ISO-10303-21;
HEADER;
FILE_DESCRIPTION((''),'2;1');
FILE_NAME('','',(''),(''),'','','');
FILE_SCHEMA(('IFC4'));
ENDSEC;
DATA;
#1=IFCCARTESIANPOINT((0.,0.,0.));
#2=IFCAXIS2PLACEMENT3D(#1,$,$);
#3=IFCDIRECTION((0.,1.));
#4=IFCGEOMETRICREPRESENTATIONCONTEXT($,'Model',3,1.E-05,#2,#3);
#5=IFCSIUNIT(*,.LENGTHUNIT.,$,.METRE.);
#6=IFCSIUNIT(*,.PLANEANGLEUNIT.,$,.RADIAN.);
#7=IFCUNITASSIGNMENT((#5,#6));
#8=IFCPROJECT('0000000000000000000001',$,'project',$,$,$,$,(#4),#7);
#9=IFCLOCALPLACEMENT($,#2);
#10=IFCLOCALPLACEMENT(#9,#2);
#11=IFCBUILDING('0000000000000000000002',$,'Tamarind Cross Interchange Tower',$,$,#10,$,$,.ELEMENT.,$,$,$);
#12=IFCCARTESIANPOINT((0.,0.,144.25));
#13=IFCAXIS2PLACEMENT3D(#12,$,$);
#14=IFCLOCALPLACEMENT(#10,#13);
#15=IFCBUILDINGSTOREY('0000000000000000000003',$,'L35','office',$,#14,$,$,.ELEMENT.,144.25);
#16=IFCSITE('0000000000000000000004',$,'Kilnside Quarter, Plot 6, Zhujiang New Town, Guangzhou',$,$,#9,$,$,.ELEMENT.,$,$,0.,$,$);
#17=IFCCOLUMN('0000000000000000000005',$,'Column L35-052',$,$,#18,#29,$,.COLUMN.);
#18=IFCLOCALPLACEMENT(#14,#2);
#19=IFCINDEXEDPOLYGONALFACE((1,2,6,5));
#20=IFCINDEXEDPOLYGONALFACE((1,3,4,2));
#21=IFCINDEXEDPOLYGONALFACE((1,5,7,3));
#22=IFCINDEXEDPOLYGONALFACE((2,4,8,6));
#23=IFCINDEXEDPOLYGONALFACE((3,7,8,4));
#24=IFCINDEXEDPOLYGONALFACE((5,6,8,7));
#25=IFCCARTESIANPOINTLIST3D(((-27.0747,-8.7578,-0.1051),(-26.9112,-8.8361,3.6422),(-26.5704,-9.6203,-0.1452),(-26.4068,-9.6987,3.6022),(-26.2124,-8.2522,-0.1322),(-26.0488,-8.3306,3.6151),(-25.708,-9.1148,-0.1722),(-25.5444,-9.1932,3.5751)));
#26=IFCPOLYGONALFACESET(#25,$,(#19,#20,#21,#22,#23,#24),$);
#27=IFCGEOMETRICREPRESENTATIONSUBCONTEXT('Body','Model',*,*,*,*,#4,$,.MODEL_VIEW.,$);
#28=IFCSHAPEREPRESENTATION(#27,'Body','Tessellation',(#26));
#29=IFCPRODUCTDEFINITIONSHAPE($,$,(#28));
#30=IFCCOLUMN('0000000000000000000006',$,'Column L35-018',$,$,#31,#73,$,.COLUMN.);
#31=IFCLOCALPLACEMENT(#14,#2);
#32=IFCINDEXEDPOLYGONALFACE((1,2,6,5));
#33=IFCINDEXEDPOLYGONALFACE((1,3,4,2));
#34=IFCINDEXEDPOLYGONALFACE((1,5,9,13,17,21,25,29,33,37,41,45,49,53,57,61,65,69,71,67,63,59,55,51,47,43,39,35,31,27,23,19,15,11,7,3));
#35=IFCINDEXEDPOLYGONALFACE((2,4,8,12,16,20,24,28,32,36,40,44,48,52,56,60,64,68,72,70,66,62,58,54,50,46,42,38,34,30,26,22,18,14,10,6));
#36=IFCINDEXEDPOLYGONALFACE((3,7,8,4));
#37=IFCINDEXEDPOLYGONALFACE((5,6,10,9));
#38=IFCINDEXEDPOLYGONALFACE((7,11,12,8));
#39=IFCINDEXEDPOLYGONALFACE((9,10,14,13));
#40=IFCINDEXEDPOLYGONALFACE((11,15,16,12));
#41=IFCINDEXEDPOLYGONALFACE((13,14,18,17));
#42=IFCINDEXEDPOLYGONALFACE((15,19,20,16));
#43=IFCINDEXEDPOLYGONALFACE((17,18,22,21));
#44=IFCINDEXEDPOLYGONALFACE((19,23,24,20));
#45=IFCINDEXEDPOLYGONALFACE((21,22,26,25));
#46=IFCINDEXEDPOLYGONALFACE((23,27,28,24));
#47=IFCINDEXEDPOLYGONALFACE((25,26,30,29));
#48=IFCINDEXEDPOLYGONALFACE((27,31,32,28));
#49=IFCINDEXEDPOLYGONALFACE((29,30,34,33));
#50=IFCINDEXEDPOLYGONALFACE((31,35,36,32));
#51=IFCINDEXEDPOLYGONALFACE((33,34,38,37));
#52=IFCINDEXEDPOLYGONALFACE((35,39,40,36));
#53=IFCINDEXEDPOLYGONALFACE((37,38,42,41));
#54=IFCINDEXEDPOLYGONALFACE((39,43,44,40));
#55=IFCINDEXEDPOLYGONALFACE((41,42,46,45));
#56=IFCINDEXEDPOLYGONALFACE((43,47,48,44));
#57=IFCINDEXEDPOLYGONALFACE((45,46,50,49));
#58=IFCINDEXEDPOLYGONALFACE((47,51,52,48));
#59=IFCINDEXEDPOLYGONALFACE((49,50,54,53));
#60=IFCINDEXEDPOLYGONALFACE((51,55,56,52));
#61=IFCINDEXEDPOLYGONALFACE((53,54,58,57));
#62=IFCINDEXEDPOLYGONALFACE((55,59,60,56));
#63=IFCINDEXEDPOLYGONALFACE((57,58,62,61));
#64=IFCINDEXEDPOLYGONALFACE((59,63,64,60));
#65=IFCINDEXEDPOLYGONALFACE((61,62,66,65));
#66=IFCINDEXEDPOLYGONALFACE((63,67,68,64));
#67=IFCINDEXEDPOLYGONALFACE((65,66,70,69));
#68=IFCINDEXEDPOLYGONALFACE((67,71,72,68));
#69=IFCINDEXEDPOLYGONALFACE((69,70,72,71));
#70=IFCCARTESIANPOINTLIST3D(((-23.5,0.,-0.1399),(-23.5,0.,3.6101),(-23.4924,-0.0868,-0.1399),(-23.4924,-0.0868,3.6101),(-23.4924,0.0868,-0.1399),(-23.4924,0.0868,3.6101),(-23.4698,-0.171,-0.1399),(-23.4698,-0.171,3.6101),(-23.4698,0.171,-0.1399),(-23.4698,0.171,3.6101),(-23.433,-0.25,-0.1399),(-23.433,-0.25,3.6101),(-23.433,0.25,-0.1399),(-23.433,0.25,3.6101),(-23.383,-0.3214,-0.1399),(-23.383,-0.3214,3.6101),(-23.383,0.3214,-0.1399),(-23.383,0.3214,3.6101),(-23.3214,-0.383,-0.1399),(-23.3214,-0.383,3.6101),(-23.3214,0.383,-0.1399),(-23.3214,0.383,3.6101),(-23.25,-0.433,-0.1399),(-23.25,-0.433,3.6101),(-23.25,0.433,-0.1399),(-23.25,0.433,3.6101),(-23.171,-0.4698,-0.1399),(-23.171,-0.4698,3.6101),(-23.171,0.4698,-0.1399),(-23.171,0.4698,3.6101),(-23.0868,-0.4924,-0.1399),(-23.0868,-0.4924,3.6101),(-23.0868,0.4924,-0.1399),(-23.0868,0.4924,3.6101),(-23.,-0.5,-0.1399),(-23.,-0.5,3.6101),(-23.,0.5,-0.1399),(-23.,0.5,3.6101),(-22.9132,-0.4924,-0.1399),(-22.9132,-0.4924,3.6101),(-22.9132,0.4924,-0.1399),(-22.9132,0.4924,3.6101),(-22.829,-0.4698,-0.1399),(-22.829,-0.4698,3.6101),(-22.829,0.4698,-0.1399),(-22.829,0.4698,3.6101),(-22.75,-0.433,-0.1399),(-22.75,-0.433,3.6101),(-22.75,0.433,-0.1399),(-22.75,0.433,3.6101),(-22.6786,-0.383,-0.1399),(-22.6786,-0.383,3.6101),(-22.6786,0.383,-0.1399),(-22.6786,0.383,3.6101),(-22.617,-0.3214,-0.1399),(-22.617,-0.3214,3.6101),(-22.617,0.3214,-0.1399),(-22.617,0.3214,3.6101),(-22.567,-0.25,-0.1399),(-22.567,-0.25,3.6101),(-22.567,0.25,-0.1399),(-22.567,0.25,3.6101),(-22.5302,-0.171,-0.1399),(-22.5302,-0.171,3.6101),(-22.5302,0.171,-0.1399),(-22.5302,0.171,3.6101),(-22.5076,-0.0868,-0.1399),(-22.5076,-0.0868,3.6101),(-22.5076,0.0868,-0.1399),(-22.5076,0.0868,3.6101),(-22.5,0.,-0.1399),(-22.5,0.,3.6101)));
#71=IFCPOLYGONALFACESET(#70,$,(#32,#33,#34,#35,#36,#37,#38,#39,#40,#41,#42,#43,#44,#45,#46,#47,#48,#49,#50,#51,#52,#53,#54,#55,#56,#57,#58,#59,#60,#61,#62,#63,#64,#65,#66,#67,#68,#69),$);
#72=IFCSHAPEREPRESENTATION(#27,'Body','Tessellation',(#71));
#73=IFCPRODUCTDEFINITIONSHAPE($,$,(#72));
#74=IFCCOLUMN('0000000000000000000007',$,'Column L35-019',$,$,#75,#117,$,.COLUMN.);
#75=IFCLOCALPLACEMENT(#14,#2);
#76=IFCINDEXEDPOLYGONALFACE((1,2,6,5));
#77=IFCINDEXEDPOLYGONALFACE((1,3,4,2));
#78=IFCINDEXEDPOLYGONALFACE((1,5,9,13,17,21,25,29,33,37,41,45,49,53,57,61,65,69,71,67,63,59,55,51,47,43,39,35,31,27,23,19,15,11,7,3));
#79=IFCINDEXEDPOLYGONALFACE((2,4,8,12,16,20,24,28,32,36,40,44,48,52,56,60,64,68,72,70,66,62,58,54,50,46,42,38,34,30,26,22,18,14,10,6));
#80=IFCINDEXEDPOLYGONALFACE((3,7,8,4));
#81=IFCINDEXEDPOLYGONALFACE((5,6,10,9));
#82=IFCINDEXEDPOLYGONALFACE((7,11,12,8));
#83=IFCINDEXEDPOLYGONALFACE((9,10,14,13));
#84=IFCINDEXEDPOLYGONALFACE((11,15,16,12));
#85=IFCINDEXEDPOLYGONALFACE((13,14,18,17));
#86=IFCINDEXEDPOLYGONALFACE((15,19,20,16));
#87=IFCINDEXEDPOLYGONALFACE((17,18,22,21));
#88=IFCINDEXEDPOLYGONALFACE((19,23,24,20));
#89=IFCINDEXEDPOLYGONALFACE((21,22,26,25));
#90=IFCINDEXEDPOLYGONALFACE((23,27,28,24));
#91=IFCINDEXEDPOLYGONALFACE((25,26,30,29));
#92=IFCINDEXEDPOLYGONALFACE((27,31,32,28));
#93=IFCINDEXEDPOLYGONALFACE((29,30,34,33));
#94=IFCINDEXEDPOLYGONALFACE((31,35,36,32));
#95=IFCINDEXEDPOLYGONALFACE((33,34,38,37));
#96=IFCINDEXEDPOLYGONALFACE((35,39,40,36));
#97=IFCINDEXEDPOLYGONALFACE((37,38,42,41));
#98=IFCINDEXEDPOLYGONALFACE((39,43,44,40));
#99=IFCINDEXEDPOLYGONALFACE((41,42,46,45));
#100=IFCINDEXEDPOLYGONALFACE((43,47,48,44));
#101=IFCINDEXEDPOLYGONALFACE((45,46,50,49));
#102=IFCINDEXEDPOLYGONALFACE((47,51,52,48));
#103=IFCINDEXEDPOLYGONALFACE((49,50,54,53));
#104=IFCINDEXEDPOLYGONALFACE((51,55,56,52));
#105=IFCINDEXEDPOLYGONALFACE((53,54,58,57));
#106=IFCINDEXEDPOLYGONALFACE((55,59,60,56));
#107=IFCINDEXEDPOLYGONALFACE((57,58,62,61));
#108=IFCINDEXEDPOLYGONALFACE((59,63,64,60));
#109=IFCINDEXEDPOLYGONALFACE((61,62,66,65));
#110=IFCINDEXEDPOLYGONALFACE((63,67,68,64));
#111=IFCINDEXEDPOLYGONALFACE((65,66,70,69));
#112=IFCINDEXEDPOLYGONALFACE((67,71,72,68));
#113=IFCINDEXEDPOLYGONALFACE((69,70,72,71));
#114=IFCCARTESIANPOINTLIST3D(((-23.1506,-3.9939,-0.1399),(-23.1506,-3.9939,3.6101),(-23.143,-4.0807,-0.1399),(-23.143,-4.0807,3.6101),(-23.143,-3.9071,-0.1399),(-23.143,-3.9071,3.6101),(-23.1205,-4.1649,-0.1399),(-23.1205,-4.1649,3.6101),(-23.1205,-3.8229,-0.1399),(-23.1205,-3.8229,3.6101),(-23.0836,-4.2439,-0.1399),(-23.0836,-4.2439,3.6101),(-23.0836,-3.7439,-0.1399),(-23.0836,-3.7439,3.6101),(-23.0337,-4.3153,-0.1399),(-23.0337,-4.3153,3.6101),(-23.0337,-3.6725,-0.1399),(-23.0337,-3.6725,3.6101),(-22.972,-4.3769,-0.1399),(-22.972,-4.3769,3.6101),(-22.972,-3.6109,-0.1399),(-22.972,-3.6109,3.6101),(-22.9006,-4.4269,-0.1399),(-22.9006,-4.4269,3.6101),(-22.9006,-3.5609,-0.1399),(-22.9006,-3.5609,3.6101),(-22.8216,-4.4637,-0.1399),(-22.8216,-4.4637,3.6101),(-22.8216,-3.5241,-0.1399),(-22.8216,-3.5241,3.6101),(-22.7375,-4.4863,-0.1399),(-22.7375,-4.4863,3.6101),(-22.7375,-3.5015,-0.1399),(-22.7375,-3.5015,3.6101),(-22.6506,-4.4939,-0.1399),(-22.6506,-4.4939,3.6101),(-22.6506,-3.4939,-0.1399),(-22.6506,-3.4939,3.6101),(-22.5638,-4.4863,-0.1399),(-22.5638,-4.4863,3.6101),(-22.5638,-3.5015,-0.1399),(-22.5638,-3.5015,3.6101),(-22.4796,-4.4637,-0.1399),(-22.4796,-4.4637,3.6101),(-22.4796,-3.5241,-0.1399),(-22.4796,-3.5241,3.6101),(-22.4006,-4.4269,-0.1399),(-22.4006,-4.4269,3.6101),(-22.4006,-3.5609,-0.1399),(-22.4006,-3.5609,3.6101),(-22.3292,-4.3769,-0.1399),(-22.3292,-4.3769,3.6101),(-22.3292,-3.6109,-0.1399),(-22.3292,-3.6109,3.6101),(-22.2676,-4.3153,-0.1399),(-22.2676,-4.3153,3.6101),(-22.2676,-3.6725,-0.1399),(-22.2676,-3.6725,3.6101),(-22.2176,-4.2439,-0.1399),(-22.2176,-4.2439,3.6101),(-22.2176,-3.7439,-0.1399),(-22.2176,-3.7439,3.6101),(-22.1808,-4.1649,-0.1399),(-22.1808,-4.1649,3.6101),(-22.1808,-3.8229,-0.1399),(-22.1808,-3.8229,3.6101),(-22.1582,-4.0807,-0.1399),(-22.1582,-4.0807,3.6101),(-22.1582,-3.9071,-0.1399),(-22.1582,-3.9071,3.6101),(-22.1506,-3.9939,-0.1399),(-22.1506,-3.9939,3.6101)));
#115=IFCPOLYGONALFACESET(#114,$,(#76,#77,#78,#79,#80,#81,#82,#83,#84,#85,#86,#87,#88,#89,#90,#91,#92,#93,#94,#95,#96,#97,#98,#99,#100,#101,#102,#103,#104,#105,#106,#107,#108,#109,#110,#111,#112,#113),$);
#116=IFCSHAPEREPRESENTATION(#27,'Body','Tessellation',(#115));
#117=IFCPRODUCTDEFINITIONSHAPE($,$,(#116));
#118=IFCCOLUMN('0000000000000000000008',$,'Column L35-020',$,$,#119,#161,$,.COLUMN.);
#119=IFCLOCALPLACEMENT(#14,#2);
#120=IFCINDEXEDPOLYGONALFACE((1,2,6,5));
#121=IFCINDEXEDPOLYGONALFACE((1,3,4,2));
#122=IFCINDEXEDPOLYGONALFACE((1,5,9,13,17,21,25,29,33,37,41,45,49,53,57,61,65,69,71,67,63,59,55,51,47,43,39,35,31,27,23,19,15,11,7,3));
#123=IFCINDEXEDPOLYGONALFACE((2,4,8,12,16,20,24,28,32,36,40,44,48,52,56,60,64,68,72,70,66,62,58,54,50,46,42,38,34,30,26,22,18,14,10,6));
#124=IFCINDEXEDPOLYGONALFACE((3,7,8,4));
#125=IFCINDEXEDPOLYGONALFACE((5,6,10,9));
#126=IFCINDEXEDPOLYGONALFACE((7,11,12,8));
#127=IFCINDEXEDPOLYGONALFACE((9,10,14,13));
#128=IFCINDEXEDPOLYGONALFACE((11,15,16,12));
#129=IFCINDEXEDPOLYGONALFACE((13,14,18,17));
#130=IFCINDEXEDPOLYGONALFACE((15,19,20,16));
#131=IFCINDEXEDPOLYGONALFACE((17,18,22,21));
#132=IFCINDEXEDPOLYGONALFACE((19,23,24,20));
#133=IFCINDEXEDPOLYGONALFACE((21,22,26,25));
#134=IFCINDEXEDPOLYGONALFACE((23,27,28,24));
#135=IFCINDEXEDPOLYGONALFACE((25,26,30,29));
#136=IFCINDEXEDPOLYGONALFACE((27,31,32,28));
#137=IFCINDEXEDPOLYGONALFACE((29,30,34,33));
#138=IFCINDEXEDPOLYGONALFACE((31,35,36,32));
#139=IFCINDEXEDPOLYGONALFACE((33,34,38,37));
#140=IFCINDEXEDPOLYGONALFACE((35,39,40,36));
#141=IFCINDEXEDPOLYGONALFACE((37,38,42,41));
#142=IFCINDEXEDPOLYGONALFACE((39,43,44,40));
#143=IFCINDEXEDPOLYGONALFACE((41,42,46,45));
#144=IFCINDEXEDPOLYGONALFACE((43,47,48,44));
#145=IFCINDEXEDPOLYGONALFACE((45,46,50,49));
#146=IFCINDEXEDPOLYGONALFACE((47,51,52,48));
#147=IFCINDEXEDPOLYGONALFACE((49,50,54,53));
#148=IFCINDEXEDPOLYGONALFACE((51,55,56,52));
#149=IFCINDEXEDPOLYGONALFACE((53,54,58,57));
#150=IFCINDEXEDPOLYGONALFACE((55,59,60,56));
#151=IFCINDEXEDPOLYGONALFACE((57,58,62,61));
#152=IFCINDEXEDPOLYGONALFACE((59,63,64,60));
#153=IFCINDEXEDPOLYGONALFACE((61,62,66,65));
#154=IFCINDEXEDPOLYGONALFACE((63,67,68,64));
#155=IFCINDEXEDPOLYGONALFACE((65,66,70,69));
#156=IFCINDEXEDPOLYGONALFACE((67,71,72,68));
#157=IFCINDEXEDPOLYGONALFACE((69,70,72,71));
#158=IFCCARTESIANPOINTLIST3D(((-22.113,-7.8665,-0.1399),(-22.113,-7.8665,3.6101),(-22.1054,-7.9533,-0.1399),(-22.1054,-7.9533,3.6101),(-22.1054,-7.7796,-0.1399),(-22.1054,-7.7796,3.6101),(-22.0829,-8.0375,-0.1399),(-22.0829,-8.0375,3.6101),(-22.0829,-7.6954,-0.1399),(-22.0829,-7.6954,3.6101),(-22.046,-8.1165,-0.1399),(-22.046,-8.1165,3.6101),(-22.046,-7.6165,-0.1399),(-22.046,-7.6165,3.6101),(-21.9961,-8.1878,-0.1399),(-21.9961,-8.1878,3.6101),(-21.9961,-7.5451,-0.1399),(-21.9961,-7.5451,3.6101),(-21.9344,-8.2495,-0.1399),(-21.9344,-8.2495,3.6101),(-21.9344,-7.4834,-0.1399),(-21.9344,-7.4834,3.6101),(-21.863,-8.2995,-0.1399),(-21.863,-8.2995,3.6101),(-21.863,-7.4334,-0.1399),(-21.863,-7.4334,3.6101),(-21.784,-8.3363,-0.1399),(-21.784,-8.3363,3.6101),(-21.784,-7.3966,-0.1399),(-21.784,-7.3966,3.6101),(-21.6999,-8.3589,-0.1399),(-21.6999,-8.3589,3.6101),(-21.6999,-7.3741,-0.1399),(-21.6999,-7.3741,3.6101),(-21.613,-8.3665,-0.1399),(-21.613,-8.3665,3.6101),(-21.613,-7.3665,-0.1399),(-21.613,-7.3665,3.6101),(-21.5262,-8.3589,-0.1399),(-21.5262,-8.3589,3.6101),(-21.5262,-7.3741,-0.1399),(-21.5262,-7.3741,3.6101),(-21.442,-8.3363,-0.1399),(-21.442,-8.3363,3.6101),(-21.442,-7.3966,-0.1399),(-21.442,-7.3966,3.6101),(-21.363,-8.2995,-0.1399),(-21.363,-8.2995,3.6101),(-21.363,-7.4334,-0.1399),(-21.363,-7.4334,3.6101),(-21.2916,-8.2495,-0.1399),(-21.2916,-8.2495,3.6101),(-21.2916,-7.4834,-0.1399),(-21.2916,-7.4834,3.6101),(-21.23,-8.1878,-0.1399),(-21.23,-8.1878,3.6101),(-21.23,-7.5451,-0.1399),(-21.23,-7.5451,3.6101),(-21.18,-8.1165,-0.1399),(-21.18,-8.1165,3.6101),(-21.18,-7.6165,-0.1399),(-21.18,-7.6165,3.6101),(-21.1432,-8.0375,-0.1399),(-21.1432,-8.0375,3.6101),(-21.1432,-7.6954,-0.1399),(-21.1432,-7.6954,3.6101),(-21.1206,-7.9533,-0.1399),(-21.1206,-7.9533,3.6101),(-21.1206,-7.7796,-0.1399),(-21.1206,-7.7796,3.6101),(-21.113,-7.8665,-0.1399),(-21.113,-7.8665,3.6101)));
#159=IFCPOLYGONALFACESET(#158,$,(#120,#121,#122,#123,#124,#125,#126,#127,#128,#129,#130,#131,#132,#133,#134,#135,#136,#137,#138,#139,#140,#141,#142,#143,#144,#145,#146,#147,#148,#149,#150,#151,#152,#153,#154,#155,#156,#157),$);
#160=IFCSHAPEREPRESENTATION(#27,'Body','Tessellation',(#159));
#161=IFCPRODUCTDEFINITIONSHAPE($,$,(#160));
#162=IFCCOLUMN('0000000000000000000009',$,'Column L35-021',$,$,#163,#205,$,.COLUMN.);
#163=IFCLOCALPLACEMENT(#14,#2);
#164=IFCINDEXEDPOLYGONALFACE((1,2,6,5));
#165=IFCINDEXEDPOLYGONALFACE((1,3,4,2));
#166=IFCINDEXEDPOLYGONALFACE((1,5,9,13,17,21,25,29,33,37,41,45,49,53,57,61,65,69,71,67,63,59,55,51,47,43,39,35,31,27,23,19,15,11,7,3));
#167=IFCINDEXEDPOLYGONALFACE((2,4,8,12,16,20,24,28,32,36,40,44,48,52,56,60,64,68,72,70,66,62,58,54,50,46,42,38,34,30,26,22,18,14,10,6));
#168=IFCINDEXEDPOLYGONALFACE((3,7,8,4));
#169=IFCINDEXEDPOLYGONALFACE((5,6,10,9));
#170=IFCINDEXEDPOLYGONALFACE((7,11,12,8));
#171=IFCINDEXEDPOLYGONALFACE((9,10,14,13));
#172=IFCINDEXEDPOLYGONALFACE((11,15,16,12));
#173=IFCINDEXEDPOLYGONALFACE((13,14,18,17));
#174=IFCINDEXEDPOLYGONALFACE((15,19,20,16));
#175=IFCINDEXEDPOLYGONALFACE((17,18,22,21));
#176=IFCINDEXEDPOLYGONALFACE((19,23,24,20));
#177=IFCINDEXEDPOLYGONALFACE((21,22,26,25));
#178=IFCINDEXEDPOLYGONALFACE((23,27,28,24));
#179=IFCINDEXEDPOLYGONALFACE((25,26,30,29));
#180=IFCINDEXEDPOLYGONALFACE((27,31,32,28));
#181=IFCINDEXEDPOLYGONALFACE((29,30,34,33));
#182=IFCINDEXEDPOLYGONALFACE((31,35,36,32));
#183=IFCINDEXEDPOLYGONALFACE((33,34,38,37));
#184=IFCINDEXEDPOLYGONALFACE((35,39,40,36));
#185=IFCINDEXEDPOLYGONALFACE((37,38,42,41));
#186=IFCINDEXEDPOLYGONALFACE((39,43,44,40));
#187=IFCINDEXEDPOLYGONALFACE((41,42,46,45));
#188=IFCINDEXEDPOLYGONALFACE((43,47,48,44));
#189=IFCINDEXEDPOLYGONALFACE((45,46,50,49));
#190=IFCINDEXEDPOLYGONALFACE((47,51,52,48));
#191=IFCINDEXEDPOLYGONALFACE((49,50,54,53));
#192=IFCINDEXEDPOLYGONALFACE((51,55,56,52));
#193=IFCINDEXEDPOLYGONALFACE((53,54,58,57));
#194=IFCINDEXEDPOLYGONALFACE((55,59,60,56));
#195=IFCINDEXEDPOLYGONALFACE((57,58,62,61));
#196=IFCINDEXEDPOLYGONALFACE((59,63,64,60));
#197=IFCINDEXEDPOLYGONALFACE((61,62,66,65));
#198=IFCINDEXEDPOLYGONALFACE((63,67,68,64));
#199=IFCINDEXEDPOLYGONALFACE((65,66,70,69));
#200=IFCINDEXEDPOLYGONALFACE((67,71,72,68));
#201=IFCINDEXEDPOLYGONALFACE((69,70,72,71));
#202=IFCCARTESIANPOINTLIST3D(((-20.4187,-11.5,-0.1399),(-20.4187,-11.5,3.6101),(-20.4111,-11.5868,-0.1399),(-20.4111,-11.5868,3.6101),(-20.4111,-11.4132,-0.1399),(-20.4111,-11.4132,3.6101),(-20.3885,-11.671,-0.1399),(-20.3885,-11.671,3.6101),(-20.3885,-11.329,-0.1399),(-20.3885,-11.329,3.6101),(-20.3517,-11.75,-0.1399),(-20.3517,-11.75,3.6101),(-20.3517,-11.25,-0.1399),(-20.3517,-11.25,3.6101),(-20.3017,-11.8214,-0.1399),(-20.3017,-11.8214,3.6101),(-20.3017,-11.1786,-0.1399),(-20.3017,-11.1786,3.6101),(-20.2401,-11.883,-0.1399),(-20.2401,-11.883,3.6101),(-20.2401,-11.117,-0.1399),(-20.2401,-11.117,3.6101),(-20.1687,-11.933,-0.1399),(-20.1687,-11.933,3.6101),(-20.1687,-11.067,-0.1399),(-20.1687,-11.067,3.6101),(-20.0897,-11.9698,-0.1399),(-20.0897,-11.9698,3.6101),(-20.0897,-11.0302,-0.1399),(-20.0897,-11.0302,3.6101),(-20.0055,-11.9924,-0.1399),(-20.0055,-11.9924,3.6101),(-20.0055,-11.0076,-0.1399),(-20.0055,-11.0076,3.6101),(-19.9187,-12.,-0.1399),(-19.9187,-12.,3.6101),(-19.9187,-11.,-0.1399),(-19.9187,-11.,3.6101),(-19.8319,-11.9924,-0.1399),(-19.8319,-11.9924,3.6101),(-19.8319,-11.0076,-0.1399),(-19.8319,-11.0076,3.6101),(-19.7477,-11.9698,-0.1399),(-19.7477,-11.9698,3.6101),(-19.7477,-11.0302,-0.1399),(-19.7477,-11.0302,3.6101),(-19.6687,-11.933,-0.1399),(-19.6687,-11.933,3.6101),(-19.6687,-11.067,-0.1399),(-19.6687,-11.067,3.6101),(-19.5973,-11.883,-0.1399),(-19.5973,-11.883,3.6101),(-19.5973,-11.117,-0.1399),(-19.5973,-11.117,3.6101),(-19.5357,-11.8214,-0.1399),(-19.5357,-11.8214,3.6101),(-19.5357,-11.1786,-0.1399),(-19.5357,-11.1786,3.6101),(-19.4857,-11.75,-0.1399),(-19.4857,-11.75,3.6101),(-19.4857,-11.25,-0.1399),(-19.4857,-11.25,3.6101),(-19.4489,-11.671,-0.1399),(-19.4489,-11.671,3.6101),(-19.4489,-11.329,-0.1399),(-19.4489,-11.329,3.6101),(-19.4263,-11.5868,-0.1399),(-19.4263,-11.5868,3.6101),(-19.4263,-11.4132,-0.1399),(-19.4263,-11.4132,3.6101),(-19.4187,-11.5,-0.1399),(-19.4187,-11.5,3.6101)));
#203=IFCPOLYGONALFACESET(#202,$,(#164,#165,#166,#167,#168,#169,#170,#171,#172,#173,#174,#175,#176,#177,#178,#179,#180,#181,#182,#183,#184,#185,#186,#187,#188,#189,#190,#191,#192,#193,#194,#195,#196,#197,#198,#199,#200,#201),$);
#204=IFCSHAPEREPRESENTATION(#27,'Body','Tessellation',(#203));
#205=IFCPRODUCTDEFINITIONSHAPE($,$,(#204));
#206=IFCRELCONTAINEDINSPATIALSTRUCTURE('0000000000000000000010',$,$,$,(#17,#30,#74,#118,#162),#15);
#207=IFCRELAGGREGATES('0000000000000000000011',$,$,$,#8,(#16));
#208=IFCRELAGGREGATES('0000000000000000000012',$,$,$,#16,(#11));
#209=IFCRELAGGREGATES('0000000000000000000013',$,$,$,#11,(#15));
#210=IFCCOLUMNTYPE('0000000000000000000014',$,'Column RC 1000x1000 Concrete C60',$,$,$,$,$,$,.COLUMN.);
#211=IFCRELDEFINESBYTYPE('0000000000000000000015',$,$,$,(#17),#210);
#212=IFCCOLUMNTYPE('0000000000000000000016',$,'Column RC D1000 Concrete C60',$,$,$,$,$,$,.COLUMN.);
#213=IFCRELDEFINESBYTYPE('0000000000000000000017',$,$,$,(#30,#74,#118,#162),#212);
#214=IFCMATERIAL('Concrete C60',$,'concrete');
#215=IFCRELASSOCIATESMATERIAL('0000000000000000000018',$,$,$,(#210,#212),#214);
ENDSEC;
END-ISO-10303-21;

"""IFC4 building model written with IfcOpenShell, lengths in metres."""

from ifc_helpers import new_model, si_unit, direction, frame, origin, origin_2d, place, context, subcontext, project, spatial, rectangle, circle, extrude, material, material_profile, profile_set, type_object, element, save


model = new_model("IFC4")

# Units and contexts
model_context = context("Model", 3, precision=1e-05, world=origin(), true_north=direction((0.0, 1.0)))
body_context = subcontext(model_context, "Body", "Model", "MODEL_VIEW")
ifc_project = project(units=[si_unit("LENGTHUNIT", "METRE"), si_unit("PLANEANGLEUNIT", "RADIAN")], contexts=[model_context])

# Site, building, storey
site_placement = place(None, origin())
site = spatial("IfcSite", under=ifc_project, at=site_placement, Name="Kilnside Quarter, Plot 6, Zhujiang New Town, Guangzhou", CompositionType="ELEMENT", RefElevation=0.0)
building_placement = place(site_placement, origin())
building = spatial("IfcBuilding", under=site, at=building_placement, Name="Tamarind Cross Interchange Tower", CompositionType="ELEMENT")
storey_placement = place(building_placement, frame((0.0, 0.0, 144.25)))
storey = spatial("IfcBuildingStorey", under=building, at=storey_placement, Name="L35", Description="office", CompositionType="ELEMENT", Elevation=144.25)

# Columns
ifc_material_1 = material(Name="Concrete C60", Category="concrete")
ifc_material_profile_1 = material_profile(ifc_material_1, rectangle(XDim=1.0, YDim=1.0, at=origin_2d()), Name="RC 1000x1000")
ifc_profile_set_1 = profile_set([ifc_material_profile_1], Name="Concrete C60")
column_type_1 = type_object("IfcColumnType", Name="Column RC 1000x1000 Concrete C60", PredefinedType="COLUMN", material=ifc_profile_set_1)
column_placement = place(storey_placement, frame((-26.3914, -8.9363, -0.1387), z_axis=(0.0436, -0.020889, 0.998831), x_axis=(-0.504375, 0.862555, 0.040055)))
element("IfcColumn", 1, at=column_placement, inside=storey, type_object=column_type_1, Name="Column L35-052", PredefinedType="COLUMN", context=body_context, shape_type="SweptSolid", body=[
    extrude(rectangle(XDim=1.0, YDim=1.0, at=origin_2d()), origin(), (0.0, 0.0, 1.0), 3.7517),
])
ifc_material_profile_2 = material_profile(ifc_material_1, circle(Radius=0.5, at=origin_2d()), Name="RC D1000")
ifc_profile_set_2 = profile_set([ifc_material_profile_2], Name="Concrete C60")
column_type_2 = type_object("IfcColumnType", Name="Column RC D1000 Concrete C60", PredefinedType="COLUMN", material=ifc_profile_set_2)
for number, where, z_axis, x_axis, name in (
    (2, (-23.0, 0.0, -0.1399), (0.0, 0.0, 1.0), (1.0, 0.0, 0.0), "Column L35-018"),
    (3, (-22.6506, -3.9939, -0.1399), (0.0, 0.0, 1.0), (1.0, 0.0, 0.0), "Column L35-019"),
    (4, (-21.613, -7.8665, -0.1399), (0.0, 0.0, 1.0), (1.0, 0.0, 0.0), "Column L35-020"),
    (5, (-19.9187, -11.5, -0.1399), (0.0, 0.0, 1.0), (1.0, 0.0, 0.0), "Column L35-021"),
):
    element("IfcColumn", number, at=place(storey_placement, frame(where, z_axis=z_axis, x_axis=x_axis)), inside=storey, type_object=column_type_2, Name=name, PredefinedType="COLUMN", context=body_context, shape_type="SweptSolid", body=[
        extrude(circle(Radius=0.5, at=origin_2d()), origin(), (0.0, 0.0, 1.0), 3.75),
    ])

save(model, "model.ifc")
